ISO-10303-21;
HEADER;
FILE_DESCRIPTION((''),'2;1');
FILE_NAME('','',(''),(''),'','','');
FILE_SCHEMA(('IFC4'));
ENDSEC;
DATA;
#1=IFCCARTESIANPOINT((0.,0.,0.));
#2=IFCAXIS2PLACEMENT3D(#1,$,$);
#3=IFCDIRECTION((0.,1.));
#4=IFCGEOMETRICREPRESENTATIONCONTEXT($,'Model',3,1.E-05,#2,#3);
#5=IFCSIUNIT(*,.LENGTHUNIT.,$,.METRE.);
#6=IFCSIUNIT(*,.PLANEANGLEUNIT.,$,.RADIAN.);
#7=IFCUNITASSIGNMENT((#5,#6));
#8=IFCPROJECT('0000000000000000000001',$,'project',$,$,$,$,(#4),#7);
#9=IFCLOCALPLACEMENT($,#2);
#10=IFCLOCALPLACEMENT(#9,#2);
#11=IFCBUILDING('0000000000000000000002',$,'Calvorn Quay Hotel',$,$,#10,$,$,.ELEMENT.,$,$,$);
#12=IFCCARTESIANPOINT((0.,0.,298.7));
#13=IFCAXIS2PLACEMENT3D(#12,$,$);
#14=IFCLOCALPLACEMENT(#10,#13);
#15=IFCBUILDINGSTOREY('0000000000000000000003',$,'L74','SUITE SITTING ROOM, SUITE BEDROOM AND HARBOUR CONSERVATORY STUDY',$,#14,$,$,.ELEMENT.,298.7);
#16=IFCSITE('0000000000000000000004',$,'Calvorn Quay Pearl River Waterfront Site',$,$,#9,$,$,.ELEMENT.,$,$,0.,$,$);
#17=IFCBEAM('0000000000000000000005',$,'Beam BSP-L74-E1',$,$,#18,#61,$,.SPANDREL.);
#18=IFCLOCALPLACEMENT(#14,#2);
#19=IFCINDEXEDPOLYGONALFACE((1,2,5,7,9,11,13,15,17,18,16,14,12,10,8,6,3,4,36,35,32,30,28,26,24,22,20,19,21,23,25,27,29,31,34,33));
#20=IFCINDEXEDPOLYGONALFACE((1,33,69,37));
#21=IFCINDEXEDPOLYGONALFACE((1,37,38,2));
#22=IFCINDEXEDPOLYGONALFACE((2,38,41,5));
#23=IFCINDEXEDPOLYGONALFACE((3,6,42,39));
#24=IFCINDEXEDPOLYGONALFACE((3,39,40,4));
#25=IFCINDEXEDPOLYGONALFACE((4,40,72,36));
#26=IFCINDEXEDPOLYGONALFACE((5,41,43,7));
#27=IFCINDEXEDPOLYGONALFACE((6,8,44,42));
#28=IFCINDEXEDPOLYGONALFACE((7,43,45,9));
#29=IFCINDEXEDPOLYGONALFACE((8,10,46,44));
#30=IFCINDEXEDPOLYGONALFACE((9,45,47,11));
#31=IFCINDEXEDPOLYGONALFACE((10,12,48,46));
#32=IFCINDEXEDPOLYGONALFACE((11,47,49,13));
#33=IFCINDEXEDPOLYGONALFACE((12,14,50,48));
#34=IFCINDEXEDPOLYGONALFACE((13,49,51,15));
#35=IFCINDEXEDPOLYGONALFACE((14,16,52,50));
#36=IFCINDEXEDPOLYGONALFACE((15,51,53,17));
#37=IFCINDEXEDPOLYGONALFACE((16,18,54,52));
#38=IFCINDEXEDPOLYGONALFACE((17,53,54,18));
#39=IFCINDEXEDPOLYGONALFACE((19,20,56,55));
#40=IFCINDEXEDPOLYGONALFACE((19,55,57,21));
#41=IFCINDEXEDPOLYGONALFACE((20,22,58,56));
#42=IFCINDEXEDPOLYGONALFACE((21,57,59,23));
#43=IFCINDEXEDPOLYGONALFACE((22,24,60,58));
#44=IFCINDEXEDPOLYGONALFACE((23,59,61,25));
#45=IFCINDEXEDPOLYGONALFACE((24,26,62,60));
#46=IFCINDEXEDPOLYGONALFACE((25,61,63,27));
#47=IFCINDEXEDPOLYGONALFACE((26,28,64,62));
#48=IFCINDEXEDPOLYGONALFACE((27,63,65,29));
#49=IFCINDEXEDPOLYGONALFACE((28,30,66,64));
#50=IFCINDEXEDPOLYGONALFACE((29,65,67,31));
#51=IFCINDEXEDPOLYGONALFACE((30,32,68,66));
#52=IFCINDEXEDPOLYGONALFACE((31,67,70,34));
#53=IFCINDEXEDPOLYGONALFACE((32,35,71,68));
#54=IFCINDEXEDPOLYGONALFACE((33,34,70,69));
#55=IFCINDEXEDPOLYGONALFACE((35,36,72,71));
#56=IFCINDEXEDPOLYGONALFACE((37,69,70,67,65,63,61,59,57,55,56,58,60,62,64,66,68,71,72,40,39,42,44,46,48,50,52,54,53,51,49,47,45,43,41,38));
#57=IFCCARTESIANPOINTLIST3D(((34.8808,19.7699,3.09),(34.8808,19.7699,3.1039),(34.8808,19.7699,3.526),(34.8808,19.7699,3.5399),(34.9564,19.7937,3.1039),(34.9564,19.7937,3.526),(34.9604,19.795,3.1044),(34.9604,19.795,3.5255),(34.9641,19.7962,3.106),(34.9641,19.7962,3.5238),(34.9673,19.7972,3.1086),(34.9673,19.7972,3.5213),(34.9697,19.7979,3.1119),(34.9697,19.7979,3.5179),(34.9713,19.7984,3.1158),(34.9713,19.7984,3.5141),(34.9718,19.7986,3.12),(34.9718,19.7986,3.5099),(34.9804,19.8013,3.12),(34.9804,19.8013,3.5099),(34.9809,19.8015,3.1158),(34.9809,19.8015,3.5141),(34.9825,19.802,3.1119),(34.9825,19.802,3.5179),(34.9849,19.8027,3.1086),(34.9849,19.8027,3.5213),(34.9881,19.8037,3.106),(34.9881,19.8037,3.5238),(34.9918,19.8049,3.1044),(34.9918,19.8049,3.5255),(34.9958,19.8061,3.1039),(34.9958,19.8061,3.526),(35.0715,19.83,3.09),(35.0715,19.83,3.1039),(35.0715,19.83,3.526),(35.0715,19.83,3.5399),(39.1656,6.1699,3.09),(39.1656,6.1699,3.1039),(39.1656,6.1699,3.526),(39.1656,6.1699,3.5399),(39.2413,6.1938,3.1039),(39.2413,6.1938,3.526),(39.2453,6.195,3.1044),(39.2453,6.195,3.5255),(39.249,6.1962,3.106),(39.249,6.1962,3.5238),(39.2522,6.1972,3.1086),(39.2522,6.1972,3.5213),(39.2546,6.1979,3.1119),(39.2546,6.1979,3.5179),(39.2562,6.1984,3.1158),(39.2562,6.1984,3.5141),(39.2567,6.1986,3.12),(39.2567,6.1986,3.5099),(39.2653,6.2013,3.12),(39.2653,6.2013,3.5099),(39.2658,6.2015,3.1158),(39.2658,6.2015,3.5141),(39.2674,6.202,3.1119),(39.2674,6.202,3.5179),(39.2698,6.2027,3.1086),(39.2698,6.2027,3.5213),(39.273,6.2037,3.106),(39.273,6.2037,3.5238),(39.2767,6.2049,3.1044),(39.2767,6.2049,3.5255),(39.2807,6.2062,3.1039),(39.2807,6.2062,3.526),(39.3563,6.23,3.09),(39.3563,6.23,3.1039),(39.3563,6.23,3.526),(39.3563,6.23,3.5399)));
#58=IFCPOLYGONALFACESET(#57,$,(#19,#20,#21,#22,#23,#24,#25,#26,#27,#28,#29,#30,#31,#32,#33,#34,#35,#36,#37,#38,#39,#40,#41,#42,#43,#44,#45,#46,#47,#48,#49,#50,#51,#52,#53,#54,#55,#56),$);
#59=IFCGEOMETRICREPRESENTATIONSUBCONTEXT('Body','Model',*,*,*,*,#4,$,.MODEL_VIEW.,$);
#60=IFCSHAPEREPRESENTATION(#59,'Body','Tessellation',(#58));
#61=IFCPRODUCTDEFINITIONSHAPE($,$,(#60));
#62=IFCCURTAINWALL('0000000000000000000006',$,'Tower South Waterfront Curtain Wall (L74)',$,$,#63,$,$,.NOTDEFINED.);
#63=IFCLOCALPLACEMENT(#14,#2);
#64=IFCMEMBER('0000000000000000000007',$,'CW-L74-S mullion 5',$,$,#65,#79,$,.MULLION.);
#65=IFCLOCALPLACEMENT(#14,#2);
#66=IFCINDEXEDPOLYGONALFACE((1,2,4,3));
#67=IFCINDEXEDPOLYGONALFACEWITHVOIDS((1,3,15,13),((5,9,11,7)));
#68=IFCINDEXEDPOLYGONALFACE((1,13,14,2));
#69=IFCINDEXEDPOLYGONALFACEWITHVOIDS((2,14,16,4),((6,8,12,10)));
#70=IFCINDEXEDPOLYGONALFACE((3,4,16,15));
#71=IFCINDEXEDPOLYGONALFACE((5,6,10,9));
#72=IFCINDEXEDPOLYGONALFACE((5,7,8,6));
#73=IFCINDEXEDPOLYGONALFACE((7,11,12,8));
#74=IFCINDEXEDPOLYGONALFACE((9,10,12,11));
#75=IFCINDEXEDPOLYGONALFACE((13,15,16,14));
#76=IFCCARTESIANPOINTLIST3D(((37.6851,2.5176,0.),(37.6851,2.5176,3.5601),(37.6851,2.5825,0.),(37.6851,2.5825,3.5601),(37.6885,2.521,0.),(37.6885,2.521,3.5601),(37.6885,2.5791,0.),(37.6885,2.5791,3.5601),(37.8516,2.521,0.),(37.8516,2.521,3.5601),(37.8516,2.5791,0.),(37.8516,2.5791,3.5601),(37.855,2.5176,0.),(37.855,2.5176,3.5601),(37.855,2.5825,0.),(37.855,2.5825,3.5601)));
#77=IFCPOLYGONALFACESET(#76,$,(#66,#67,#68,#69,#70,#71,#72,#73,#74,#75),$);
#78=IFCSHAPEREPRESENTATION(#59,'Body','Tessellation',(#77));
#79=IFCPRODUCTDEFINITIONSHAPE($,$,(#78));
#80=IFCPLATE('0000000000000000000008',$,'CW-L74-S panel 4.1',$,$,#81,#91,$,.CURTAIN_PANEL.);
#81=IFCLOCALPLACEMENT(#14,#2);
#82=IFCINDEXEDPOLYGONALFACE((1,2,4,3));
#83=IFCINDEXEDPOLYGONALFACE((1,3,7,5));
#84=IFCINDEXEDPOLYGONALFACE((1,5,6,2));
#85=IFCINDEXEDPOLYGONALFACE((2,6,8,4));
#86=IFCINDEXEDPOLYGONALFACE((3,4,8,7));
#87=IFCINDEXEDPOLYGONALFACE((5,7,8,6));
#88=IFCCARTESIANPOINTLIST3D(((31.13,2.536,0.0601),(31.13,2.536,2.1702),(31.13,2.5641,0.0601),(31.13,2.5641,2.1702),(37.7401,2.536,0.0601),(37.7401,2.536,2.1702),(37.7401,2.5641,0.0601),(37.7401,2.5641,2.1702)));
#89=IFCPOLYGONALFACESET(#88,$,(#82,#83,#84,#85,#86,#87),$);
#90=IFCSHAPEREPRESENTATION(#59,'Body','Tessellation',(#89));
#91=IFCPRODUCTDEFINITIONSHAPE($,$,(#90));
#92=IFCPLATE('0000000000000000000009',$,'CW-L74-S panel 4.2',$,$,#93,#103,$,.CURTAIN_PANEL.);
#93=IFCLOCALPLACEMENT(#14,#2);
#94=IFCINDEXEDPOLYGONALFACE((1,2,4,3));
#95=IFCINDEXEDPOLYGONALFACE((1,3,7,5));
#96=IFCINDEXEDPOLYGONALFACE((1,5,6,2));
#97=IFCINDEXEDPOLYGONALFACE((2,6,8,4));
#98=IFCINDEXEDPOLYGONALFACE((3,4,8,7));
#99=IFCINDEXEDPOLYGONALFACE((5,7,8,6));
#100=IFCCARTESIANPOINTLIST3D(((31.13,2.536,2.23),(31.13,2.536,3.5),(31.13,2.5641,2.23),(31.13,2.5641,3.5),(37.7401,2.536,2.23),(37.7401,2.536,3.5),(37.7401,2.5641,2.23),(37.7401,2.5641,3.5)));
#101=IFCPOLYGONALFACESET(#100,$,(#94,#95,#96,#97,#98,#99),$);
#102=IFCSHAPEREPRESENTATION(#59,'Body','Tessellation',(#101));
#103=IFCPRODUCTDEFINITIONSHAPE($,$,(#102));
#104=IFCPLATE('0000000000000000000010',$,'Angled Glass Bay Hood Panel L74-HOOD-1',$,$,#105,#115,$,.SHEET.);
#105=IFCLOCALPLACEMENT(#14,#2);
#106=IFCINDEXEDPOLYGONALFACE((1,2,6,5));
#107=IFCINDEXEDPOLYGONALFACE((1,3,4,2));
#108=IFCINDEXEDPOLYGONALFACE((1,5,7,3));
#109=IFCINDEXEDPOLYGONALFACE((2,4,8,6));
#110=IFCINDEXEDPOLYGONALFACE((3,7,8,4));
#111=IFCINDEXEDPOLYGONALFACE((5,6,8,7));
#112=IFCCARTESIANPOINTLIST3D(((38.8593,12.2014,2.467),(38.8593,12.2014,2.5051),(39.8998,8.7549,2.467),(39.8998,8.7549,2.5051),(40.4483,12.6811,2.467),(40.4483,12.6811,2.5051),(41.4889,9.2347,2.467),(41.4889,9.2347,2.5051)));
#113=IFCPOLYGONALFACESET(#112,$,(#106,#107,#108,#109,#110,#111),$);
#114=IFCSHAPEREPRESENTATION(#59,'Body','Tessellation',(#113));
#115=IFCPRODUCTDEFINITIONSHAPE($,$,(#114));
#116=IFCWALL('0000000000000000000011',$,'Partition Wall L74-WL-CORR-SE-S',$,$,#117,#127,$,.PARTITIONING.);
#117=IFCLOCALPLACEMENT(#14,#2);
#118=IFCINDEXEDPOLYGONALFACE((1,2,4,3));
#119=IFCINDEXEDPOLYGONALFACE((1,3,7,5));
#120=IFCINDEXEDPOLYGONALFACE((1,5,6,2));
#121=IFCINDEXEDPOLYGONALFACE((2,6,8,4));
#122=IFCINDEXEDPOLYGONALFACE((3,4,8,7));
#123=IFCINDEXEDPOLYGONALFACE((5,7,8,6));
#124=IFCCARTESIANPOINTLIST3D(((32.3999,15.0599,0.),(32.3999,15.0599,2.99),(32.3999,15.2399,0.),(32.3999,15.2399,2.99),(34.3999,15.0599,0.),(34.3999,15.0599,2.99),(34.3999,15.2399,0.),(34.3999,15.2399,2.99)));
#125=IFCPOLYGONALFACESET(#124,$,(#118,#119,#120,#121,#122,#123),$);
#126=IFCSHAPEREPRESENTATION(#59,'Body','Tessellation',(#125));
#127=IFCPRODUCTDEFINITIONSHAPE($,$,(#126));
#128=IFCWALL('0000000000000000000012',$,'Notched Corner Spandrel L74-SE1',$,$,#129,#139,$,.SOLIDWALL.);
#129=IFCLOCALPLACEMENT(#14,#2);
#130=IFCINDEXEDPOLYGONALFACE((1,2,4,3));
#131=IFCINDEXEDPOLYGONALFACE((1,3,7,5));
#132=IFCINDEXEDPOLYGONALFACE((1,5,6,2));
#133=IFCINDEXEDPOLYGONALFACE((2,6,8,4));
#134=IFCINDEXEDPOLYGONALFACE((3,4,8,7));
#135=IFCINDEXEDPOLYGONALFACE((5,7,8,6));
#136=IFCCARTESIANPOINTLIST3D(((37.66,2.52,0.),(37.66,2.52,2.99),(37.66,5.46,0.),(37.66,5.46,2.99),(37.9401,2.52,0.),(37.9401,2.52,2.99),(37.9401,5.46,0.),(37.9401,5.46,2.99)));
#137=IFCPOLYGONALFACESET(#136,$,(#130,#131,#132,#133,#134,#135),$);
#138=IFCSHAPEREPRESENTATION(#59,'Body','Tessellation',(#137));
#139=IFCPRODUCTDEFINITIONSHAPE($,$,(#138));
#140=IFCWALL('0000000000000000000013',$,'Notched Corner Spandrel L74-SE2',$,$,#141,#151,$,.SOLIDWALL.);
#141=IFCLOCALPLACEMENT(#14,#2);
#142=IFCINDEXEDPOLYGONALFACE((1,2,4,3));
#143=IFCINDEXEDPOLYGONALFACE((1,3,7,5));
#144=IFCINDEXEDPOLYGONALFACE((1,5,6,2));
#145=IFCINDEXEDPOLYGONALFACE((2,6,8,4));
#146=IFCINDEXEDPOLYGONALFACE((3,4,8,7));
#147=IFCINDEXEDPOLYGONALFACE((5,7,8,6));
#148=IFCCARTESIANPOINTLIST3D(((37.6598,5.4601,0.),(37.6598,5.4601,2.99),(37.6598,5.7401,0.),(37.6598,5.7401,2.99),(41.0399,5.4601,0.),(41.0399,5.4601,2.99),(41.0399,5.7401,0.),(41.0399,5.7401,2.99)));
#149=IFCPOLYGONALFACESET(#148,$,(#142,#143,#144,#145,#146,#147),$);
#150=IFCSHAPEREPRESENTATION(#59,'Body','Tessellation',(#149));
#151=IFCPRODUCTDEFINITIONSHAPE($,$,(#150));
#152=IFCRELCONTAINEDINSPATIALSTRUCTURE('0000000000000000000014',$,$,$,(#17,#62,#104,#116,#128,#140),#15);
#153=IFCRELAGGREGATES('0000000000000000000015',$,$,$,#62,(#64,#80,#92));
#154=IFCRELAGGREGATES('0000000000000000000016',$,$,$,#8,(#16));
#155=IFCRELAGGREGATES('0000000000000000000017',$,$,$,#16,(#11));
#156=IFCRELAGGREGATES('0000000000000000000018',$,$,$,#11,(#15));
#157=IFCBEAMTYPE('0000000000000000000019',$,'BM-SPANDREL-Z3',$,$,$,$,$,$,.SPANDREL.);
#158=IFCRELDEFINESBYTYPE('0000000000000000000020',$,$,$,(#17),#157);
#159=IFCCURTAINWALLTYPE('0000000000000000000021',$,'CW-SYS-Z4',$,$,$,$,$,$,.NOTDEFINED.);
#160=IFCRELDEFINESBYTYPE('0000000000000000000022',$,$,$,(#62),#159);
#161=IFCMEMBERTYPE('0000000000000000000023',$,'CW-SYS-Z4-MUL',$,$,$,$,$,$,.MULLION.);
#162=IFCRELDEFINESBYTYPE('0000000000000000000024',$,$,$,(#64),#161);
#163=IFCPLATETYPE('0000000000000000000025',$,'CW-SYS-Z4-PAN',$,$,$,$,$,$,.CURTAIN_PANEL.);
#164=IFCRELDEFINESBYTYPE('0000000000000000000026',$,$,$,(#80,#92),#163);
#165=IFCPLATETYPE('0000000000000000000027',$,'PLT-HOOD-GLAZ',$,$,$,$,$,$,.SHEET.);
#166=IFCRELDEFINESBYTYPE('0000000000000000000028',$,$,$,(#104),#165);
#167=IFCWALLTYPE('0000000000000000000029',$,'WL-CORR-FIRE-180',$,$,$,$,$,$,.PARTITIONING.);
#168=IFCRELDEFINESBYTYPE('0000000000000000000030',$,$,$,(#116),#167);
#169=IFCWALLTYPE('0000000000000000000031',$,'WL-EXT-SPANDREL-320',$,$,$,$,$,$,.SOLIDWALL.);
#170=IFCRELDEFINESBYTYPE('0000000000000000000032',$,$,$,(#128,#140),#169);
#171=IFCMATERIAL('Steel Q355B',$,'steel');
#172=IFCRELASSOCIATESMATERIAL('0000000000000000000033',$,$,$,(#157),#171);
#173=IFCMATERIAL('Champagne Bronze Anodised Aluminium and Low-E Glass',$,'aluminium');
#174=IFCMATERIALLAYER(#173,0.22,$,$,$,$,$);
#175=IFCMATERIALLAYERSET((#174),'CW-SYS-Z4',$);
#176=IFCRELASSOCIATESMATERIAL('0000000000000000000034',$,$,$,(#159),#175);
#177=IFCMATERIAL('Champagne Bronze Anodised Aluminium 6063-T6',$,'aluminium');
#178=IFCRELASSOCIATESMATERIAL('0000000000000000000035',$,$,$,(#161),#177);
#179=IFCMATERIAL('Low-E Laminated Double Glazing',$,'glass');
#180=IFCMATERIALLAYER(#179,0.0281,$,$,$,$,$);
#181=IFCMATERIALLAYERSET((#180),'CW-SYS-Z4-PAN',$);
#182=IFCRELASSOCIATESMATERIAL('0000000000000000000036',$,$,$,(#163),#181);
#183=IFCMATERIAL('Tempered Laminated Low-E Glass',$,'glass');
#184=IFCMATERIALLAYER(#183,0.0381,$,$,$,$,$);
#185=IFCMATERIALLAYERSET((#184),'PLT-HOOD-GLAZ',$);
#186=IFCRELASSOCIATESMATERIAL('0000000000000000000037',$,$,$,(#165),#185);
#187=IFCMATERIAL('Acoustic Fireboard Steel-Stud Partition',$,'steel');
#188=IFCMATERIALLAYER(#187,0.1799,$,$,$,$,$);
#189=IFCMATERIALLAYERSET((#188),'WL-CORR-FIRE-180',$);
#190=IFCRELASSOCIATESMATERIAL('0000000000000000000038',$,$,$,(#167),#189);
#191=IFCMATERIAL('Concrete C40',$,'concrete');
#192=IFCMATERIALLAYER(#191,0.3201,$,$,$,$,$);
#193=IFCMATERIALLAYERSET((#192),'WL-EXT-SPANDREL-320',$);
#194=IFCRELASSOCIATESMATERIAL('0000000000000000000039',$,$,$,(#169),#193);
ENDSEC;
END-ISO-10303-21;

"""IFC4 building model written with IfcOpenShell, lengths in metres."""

from ifc_helpers import new_model, si_unit, direction, frame, frame_2d, origin, origin_2d, place, context, subcontext, project, spatial, rectangle, hollow_rectangle, i_section, extrude, material, layer, layer_set, material_profile, profile_set, type_object, element, aggregate, save


model = new_model("IFC4")

# Units and contexts
model_context = context("Model", 3, precision=1e-05, world=origin(), true_north=direction((0.0, 1.0)))
body_context = subcontext(model_context, "Body", "Model", "MODEL_VIEW")
ifc_project = project(units=[si_unit("LENGTHUNIT", "METRE"), si_unit("PLANEANGLEUNIT", "RADIAN")], contexts=[model_context])

# Site, building, storey
site_placement = place(None, origin())
site = spatial("IfcSite", under=ifc_project, at=site_placement, Name="Calvorn Quay Pearl River Waterfront Site", CompositionType="ELEMENT", RefElevation=0.0)
building_placement = place(site_placement, origin())
building = spatial("IfcBuilding", under=site, at=building_placement, Name="Calvorn Quay Hotel", CompositionType="ELEMENT")
storey_placement = place(building_placement, frame((0.0, 0.0, 298.7)))
storey = spatial("IfcBuildingStorey", under=building, at=storey_placement, Name="L74", Description="SUITE SITTING ROOM, SUITE BEDROOM AND HARBOUR CONSERVATORY STUDY", CompositionType="ELEMENT", Elevation=298.7)

# Beam
ifc_material_1 = material(Name="Steel Q355B", Category="steel")
ifc_material_profile_1 = material_profile(ifc_material_1, i_section(OverallWidth=0.2, OverallDepth=0.45, WebThickness=0.009, FlangeThickness=0.0139, FilletRadius=0.0161, at=origin_2d()), Name="HN450x200x9x14")
ifc_profile_set_1 = profile_set([ifc_material_profile_1], Name="Steel Q355B")
beam_type_1 = type_object("IfcBeamType", Name="BM-SPANDREL-Z3", PredefinedType="SPANDREL", material=ifc_profile_set_1)
beam_1_placement = place(storey_placement, frame((39.261, 6.2, 3.3149), z_axis=(-0.300503, 0.953781, 0.0), x_axis=(-0.953781, -0.300503, 0.0)))
element("IfcBeam", 1, at=beam_1_placement, inside=storey, type_object=beam_type_1, Name="Beam BSP-L74-E1", PredefinedType="SPANDREL", context=body_context, shape_type="SweptSolid", body=[
    extrude(i_section(OverallWidth=0.2, OverallDepth=0.45, WebThickness=0.009, FlangeThickness=0.0139, FilletRadius=0.0161, at=origin_2d()), origin(), (0.0, 0.0, 1.0), 14.259),
])

# Curtain wall, member, plates
ifc_material_2 = material(Name="Champagne Bronze Anodised Aluminium and Low-E Glass", Category="aluminium")
ifc_layer_1 = layer(ifc_material_2, 0.22)
ifc_layer_set_1 = layer_set([ifc_layer_1], Name="CW-SYS-Z4")
curtain_wall_type = type_object("IfcCurtainWallType", Name="CW-SYS-Z4", PredefinedType="NOTDEFINED", material=ifc_layer_set_1)
curtain_wall_placement = place(storey_placement, origin())
curtain_wall = element("IfcCurtainWall", 2, at=curtain_wall_placement, inside=storey, type_object=curtain_wall_type, Name="Tower South Waterfront Curtain Wall (L74)", PredefinedType="NOTDEFINED")
ifc_material_3 = material(Name="Champagne Bronze Anodised Aluminium 6063-T6", Category="aluminium")
ifc_material_profile_2 = material_profile(ifc_material_3, hollow_rectangle(XDim=0.0649, YDim=0.1699, WallThickness=0.0034, at=origin_2d()), Name="ALU-M170x65x3.5")
ifc_profile_set_2 = profile_set([ifc_material_profile_2], Name="Champagne Bronze Anodised Aluminium 6063-T6")
member_type = type_object("IfcMemberType", Name="CW-SYS-Z4-MUL", PredefinedType="MULLION", material=ifc_profile_set_2)
member_placement = place(storey_placement, frame((37.77, 2.55, 0.0), z_axis=(0.0, 0.0, 1.0), x_axis=(0.0, 1.0, 0.0)))
member = element("IfcMember", 3, at=member_placement, type_object=member_type, Name="CW-L74-S mullion 5", PredefinedType="MULLION", context=body_context, shape_type="SweptSolid", body=[
    extrude(hollow_rectangle(XDim=0.0649, YDim=0.1699, WallThickness=0.0034, at=origin_2d()), origin(), (0.0, 0.0, 1.0), 3.5601),
])
ifc_material_4 = material(Name="Low-E Laminated Double Glazing", Category="glass")
ifc_layer_2 = layer(ifc_material_4, 0.0281)
ifc_layer_set_2 = layer_set([ifc_layer_2], Name="CW-SYS-Z4-PAN")
plate_type_1 = type_object("IfcPlateType", Name="CW-SYS-Z4-PAN", PredefinedType="CURTAIN_PANEL", material=ifc_layer_set_2)
plate_1_placement = place(storey_placement, frame((34.4351, 2.55, 0.0601), z_axis=(0.0, 0.0, 1.0), x_axis=(1.0, 0.0, 0.0)))
plate_1 = element("IfcPlate", 4, at=plate_1_placement, type_object=plate_type_1, Name="CW-L74-S panel 4.1", PredefinedType="CURTAIN_PANEL", context=body_context, shape_type="SweptSolid", body=[
    extrude(rectangle(XDim=6.6101, YDim=0.0281, at=origin_2d()), origin(), (0.0, 0.0, 1.0), 2.1101),
])
plate_2_placement = place(storey_placement, frame((34.4351, 2.55, 2.23), z_axis=(0.0, 0.0, 1.0), x_axis=(1.0, 0.0, 0.0)))
plate_2 = element("IfcPlate", 5, at=plate_2_placement, type_object=plate_type_1, Name="CW-L74-S panel 4.2", PredefinedType="CURTAIN_PANEL", context=body_context, shape_type="SweptSolid", body=[
    extrude(rectangle(XDim=6.6101, YDim=0.0281, at=origin_2d()), origin(), (0.0, 0.0, 1.0), 1.27),
])
aggregate(curtain_wall, [member, plate_1, plate_2])

# Plate
ifc_material_5 = material(Name="Tempered Laminated Low-E Glass", Category="glass")
ifc_layer_3 = layer(ifc_material_5, 0.0381)
ifc_layer_set_3 = layer_set([ifc_layer_3], Name="PLT-HOOD-GLAZ")
plate_type_2 = type_object("IfcPlateType", Name="PLT-HOOD-GLAZ", PredefinedType="SHEET", material=ifc_layer_set_3)
plate_3_placement = place(storey_placement, frame((40.1741, 10.718, 2.467), z_axis=(0.0, 0.0, 1.0), x_axis=(0.957319, 0.289032, 0.0)))
element("IfcPlate", 6, at=plate_3_placement, inside=storey, type_object=plate_type_2, Name="Angled Glass Bay Hood Panel L74-HOOD-1", PredefinedType="SHEET", context=body_context, shape_type="SweptSolid", body=[
    extrude(rectangle(XDim=1.6599, YDim=3.6001, at=origin_2d()), origin(), (0.0, 0.0, 1.0), 0.0381),
])

# Walls
ifc_material_6 = material(Name="Acoustic Fireboard Steel-Stud Partition", Category="steel")
ifc_layer_4 = layer(ifc_material_6, 0.1799)
ifc_layer_set_4 = layer_set([ifc_layer_4], Name="WL-CORR-FIRE-180")
wall_type_1 = type_object("IfcWallType", Name="WL-CORR-FIRE-180", PredefinedType="PARTITIONING", material=ifc_layer_set_4)
wall_1_placement = place(storey_placement, frame((32.3999, 15.1499, 0.0), z_axis=(0.0, 0.0, 1.0), x_axis=(1.0, 0.0, 0.0)))
element("IfcWall", 7, at=wall_1_placement, inside=storey, type_object=wall_type_1, Name="Partition Wall L74-WL-CORR-SE-S", PredefinedType="PARTITIONING", context=body_context, shape_type="SweptSolid", body=[
    extrude(rectangle(XDim=2.0, YDim=0.1799, at=frame_2d((1.0, 0.0))), origin(), (0.0, 0.0, 1.0), 2.99),
])
ifc_material_7 = material(Name="Concrete C40", Category="concrete")
ifc_layer_5 = layer(ifc_material_7, 0.3201)
ifc_layer_set_5 = layer_set([ifc_layer_5], Name="WL-EXT-SPANDREL-320")
wall_type_2 = type_object("IfcWallType", Name="WL-EXT-SPANDREL-320", PredefinedType="SOLIDWALL", material=ifc_layer_set_5)
wall_2_placement = place(storey_placement, frame((37.8, 2.52, 0.0), z_axis=(0.0, 0.0, 1.0), x_axis=(0.0, 1.0, 0.0)))
element("IfcWall", 8, at=wall_2_placement, inside=storey, type_object=wall_type_2, Name="Notched Corner Spandrel L74-SE1", PredefinedType="SOLIDWALL", context=body_context, shape_type="SweptSolid", body=[
    extrude(rectangle(XDim=2.9399, YDim=0.28, at=frame_2d((1.47, 0.0))), origin(), (0.0, 0.0, 1.0), 2.99),
])
wall_3_placement = place(storey_placement, frame((37.6599, 5.6001, 0.0), z_axis=(0.0, 0.0, 1.0), x_axis=(1.0, 0.0, 0.0)))
element("IfcWall", 9, at=wall_3_placement, inside=storey, type_object=wall_type_2, Name="Notched Corner Spandrel L74-SE2", PredefinedType="SOLIDWALL", context=body_context, shape_type="SweptSolid", body=[
    extrude(rectangle(XDim=3.3801, YDim=0.28, at=frame_2d((1.6899, 0.0))), origin(), (0.0, 0.0, 1.0), 2.99),
])

save(model, "model.ifc")
